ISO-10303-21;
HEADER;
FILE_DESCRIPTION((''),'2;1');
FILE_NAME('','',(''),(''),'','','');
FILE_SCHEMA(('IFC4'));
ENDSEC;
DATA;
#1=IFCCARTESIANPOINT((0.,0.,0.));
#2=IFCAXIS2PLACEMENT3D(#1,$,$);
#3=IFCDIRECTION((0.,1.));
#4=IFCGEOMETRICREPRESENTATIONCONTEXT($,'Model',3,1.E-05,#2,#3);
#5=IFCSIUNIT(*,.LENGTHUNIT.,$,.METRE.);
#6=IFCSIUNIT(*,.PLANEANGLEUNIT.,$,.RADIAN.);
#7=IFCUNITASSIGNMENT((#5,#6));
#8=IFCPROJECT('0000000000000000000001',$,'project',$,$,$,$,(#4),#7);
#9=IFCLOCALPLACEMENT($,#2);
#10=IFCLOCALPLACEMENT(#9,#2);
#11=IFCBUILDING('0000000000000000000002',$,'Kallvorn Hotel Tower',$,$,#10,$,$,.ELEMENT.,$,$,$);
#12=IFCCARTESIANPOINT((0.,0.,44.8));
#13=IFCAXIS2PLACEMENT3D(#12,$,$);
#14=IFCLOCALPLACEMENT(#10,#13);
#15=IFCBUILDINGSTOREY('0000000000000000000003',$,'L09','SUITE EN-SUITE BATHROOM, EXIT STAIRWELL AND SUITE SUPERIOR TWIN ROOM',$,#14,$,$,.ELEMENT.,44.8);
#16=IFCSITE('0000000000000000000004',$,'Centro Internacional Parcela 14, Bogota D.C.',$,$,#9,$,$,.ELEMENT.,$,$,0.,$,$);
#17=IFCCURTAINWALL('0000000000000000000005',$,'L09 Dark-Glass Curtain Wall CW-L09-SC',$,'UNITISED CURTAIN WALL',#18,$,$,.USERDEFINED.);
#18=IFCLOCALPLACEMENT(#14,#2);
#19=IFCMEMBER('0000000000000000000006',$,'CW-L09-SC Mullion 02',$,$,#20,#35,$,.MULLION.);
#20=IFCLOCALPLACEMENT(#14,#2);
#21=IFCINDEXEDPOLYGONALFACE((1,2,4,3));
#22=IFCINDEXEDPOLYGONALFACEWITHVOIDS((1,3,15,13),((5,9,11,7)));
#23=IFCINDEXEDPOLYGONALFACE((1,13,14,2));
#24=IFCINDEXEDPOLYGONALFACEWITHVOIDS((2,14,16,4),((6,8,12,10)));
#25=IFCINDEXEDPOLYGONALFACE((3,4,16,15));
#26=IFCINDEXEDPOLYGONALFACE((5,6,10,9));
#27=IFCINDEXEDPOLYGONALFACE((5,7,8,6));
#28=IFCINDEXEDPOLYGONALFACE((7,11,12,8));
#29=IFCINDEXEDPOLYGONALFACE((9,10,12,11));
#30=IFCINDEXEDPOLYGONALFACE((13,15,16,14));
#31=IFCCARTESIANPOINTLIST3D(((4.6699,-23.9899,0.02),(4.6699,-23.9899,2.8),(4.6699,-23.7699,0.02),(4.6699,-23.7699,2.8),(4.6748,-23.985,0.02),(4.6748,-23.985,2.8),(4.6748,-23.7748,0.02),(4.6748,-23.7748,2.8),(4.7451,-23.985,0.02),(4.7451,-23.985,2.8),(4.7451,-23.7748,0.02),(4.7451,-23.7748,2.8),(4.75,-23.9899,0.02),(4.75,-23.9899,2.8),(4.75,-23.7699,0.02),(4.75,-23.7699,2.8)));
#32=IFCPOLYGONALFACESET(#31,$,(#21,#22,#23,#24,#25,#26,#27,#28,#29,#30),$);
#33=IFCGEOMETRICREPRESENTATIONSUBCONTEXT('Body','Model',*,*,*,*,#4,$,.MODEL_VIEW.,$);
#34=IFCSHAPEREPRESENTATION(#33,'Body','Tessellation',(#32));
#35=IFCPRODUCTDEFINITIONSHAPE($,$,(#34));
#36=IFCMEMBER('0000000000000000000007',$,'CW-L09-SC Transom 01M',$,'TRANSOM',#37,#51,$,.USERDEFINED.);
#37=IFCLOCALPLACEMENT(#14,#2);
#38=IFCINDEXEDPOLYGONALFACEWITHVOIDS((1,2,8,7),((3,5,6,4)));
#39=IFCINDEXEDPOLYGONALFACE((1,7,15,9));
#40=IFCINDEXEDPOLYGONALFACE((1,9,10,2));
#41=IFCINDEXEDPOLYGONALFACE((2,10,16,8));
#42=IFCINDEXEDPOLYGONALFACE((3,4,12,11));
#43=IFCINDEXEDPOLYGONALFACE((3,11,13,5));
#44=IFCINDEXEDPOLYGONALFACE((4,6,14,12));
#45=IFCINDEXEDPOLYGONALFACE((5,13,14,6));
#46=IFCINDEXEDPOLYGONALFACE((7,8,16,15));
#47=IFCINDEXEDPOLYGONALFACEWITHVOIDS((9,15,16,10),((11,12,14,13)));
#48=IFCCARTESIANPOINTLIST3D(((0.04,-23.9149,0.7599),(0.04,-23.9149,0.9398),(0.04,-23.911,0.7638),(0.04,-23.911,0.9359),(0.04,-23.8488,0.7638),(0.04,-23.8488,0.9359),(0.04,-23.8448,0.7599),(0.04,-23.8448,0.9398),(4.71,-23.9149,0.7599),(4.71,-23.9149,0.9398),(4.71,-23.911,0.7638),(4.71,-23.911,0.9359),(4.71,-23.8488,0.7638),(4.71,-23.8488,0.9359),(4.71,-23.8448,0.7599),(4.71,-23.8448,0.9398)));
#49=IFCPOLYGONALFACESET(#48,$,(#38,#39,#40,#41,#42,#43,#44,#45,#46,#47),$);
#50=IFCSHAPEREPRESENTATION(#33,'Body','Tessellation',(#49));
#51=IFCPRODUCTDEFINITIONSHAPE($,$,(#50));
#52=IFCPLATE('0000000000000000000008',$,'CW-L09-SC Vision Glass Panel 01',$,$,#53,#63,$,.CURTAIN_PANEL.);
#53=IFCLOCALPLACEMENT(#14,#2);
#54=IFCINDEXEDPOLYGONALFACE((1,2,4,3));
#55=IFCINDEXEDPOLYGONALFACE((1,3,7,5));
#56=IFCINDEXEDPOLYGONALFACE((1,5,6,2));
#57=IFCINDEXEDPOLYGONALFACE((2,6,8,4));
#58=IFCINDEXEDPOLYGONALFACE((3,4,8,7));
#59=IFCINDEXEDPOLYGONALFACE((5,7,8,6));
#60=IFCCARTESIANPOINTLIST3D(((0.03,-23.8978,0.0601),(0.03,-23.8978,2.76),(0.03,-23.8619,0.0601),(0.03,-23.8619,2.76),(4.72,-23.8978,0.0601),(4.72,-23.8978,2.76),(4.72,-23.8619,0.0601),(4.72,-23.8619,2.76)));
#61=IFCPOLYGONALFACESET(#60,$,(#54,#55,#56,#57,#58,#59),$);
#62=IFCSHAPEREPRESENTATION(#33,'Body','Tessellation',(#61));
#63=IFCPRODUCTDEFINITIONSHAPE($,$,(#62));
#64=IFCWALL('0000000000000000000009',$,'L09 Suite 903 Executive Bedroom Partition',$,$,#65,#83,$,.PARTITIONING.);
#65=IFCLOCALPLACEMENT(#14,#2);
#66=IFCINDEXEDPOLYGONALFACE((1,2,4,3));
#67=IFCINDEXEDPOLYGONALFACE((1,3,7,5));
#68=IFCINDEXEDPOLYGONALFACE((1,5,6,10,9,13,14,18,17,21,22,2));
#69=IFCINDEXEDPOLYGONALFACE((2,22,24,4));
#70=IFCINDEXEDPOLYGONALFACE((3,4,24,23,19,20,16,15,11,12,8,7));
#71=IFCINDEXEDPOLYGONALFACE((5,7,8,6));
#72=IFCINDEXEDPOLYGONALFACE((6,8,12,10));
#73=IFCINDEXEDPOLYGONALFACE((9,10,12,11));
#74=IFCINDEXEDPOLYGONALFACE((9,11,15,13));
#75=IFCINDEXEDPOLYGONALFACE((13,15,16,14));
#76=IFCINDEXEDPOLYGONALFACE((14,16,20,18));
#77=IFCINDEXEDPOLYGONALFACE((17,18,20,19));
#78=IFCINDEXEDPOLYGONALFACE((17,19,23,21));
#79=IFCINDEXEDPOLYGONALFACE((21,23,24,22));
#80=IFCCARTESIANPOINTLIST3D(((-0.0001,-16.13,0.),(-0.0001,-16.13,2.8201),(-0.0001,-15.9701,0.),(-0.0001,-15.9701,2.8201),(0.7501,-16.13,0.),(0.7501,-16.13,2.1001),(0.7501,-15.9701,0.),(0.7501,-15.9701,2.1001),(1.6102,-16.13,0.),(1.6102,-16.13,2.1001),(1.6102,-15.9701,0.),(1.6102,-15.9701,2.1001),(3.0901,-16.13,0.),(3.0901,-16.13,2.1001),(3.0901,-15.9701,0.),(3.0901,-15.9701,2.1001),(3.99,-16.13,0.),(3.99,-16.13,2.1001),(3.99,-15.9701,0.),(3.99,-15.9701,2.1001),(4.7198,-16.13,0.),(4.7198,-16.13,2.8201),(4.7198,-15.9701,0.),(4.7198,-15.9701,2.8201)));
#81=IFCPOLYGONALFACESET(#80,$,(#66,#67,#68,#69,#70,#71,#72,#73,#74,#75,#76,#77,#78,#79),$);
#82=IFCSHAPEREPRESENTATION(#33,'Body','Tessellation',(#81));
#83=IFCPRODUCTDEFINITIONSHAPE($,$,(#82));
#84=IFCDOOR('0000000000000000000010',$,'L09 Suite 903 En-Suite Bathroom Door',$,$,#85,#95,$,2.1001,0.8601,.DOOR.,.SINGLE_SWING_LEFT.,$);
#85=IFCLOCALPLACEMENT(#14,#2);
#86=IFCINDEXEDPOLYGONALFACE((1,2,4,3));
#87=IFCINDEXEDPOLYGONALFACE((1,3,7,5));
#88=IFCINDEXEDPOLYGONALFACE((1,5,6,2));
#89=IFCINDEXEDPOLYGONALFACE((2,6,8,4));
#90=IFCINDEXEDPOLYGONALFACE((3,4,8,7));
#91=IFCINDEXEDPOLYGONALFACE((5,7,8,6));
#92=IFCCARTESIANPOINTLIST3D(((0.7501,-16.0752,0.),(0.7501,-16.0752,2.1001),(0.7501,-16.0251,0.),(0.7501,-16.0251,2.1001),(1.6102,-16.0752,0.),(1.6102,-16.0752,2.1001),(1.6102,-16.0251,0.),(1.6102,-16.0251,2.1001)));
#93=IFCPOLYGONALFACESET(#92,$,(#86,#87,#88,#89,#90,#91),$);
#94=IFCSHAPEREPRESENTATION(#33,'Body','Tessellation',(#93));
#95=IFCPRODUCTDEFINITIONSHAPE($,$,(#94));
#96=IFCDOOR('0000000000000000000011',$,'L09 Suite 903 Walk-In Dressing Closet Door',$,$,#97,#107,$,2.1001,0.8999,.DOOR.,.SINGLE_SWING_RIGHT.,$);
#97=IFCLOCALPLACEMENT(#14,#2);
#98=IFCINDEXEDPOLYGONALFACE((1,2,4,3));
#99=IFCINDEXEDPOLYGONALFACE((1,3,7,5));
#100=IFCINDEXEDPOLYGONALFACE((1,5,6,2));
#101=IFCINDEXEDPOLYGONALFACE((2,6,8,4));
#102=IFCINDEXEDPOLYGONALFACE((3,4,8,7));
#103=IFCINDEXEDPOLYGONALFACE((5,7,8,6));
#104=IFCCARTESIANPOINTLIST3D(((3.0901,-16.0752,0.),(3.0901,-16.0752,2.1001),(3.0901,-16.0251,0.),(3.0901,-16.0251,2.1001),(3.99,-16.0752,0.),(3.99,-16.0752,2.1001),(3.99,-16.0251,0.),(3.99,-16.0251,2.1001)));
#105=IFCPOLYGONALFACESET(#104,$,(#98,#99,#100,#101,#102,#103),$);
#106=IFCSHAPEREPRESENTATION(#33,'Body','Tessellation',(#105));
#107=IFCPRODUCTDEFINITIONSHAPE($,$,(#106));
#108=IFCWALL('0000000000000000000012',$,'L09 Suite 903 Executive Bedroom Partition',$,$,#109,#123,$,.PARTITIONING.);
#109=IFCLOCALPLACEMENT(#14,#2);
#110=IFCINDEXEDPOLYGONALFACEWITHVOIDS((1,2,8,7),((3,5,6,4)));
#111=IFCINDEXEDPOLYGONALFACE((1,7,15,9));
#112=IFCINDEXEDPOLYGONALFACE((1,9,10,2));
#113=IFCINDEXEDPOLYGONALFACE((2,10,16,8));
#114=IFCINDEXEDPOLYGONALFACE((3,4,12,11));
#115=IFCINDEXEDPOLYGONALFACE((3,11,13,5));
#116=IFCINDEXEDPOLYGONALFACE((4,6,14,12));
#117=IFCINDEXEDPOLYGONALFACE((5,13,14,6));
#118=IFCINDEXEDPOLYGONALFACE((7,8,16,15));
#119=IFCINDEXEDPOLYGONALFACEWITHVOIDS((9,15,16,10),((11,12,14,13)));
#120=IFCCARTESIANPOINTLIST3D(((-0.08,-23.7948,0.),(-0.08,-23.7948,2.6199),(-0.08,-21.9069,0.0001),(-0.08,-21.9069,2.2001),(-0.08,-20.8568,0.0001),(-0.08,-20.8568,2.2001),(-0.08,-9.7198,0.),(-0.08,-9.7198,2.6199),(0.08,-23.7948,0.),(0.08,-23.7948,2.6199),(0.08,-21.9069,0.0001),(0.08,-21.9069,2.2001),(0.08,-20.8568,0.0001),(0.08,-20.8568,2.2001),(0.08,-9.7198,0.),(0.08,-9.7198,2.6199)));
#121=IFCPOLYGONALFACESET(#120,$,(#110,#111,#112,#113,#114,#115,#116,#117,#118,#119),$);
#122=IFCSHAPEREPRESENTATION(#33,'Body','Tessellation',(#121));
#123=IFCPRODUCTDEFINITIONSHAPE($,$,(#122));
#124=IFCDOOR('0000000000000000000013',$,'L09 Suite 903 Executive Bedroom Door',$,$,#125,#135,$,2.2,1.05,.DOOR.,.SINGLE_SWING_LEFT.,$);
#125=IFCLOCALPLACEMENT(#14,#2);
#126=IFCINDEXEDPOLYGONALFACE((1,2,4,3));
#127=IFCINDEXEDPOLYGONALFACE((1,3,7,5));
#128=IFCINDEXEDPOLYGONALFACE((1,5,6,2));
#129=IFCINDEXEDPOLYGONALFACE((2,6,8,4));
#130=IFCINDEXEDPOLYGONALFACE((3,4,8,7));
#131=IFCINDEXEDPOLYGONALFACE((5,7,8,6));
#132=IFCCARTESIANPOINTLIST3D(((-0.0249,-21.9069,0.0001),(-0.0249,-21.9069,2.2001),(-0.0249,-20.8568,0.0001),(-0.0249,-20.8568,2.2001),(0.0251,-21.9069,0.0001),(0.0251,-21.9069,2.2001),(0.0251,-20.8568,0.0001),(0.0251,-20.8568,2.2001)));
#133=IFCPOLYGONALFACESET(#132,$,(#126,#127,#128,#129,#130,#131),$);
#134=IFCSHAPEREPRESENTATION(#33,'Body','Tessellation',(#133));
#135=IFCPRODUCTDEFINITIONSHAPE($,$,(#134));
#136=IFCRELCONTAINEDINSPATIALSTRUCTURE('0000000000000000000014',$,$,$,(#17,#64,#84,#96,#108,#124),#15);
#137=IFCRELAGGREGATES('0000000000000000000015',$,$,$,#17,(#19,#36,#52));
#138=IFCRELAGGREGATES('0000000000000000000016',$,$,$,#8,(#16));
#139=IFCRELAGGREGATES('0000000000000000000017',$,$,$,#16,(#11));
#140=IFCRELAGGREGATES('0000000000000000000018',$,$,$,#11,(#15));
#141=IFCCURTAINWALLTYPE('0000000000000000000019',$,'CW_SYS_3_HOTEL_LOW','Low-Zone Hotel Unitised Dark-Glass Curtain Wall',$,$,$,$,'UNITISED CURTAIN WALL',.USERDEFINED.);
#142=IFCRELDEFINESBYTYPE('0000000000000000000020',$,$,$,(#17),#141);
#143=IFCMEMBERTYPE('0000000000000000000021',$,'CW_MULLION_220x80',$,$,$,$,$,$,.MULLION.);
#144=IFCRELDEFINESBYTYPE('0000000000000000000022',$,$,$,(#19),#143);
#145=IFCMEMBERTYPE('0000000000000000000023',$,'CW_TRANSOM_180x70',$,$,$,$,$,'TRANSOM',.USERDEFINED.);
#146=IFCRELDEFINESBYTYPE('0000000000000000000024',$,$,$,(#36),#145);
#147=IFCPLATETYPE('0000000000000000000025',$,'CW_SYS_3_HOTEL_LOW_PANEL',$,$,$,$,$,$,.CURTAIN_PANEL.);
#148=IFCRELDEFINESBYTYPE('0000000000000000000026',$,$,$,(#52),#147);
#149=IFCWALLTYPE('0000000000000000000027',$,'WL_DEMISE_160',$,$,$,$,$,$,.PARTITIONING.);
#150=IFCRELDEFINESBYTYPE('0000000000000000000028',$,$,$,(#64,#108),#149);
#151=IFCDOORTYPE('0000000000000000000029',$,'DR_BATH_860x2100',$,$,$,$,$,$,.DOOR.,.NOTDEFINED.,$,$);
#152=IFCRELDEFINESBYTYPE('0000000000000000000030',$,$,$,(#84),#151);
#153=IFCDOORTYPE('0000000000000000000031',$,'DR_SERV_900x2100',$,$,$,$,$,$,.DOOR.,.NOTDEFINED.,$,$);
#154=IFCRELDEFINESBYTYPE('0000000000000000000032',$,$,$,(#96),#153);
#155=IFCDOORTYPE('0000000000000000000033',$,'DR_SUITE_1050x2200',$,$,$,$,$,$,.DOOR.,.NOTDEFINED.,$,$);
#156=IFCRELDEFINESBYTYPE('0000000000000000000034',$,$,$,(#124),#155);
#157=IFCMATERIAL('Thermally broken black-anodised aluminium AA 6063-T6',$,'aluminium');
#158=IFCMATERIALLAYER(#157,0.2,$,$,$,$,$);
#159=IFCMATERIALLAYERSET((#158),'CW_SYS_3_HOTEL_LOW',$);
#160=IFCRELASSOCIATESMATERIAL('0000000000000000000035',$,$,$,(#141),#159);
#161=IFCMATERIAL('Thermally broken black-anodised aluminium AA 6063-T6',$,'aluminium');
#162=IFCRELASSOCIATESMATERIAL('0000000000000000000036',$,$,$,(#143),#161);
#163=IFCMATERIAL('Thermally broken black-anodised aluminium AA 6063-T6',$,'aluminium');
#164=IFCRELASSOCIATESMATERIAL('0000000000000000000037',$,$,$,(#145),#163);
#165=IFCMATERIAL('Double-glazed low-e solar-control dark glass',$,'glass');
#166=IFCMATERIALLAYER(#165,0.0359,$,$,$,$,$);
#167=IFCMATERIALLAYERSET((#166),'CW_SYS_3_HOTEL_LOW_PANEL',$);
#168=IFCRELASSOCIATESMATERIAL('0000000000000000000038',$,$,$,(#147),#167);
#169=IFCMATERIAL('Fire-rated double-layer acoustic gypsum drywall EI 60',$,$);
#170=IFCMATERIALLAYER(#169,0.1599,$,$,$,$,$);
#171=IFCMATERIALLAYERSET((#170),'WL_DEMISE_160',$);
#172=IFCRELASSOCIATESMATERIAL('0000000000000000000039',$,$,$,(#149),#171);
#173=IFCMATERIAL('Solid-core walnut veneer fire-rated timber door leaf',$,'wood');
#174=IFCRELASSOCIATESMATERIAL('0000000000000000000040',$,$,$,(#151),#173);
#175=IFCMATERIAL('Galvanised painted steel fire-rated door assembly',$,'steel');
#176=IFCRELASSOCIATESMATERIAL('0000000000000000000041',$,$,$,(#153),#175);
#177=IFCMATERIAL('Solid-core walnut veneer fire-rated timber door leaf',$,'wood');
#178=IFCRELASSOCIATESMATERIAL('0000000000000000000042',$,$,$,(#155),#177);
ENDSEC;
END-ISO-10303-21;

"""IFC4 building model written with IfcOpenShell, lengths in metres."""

from ifc_helpers import new_model, si_unit, direction, frame, frame_2d, origin, origin_2d, place, context, subcontext, project, spatial, rectangle, hollow_rectangle, extrude, material, layer, layer_set, material_profile, profile_set, type_object, element, fill, aggregate, save


model = new_model("IFC4")

# Units and contexts
model_context = context("Model", 3, precision=1e-05, world=origin(), true_north=direction((0.0, 1.0)))
body_context = subcontext(model_context, "Body", "Model", "MODEL_VIEW")
ifc_project = project(units=[si_unit("LENGTHUNIT", "METRE"), si_unit("PLANEANGLEUNIT", "RADIAN")], contexts=[model_context])

# Site, building, storey
site_placement = place(None, origin())
site = spatial("IfcSite", under=ifc_project, at=site_placement, Name="Centro Internacional Parcela 14, Bogota D.C.", CompositionType="ELEMENT", RefElevation=0.0)
building_placement = place(site_placement, origin())
building = spatial("IfcBuilding", under=site, at=building_placement, Name="Kallvorn Hotel Tower", CompositionType="ELEMENT")
storey_placement = place(building_placement, frame((0.0, 0.0, 44.8)))
storey = spatial("IfcBuildingStorey", under=building, at=storey_placement, Name="L09", Description="SUITE EN-SUITE BATHROOM, EXIT STAIRWELL AND SUITE SUPERIOR TWIN ROOM", CompositionType="ELEMENT", Elevation=44.8)

# Curtain wall, members, plate
ifc_material_1 = material(Name="Thermally broken black-anodised aluminium AA 6063-T6", Category="aluminium")
ifc_layer_1 = layer(ifc_material_1, 0.2)
ifc_layer_set_1 = layer_set([ifc_layer_1], Name="CW_SYS_3_HOTEL_LOW")
curtain_wall_type = type_object("IfcCurtainWallType", Name="CW_SYS_3_HOTEL_LOW", Description="Low-Zone Hotel Unitised Dark-Glass Curtain Wall", ElementType="UNITISED CURTAIN WALL", PredefinedType="USERDEFINED", material=ifc_layer_set_1)
curtain_wall_placement = place(storey_placement, origin())
curtain_wall = element("IfcCurtainWall", 1, at=curtain_wall_placement, inside=storey, type_object=curtain_wall_type, Name="L09 Dark-Glass Curtain Wall CW-L09-SC", ObjectType="UNITISED CURTAIN WALL", PredefinedType="USERDEFINED")
ifc_material_2 = material(Name="Thermally broken black-anodised aluminium AA 6063-T6", Category="aluminium")
ifc_material_profile_1 = material_profile(ifc_material_2, hollow_rectangle(XDim=0.0801, YDim=0.22, WallThickness=0.0049, at=origin_2d()), Name="MUL 220x80")
ifc_profile_set_1 = profile_set([ifc_material_profile_1], Name="Thermally broken black-anodised aluminium AA 6063-T6")
member_type_1 = type_object("IfcMemberType", Name="CW_MULLION_220x80", PredefinedType="MULLION", material=ifc_profile_set_1)
member_1_placement = place(storey_placement, frame((4.71, -23.8799, 0.02), z_axis=(0.0, 0.0, 1.0), x_axis=(1.0, 0.0, 0.0)))
member_1 = element("IfcMember", 2, at=member_1_placement, type_object=member_type_1, Name="CW-L09-SC Mullion 02", PredefinedType="MULLION", context=body_context, shape_type="SweptSolid", body=[
    extrude(hollow_rectangle(XDim=0.0801, YDim=0.22, WallThickness=0.0049, at=origin_2d()), origin(), (0.0, 0.0, 1.0), 2.78),
])
ifc_material_3 = material(Name="Thermally broken black-anodised aluminium AA 6063-T6", Category="aluminium")
ifc_material_profile_2 = material_profile(ifc_material_3, hollow_rectangle(XDim=0.0701, YDim=0.1799, WallThickness=0.0039, at=origin_2d()), Name="TRN 180x70")
ifc_profile_set_2 = profile_set([ifc_material_profile_2], Name="Thermally broken black-anodised aluminium AA 6063-T6")
member_type_2 = type_object("IfcMemberType", Name="CW_TRANSOM_180x70", ElementType="TRANSOM", PredefinedType="USERDEFINED", material=ifc_profile_set_2)
member_2_placement = place(storey_placement, frame((0.04, -23.8799, 0.8499), z_axis=(1.0, 0.0, 0.0), x_axis=(0.0, 1.0, 0.0)))
member_2 = element("IfcMember", 3, at=member_2_placement, type_object=member_type_2, Name="CW-L09-SC Transom 01M", ObjectType="TRANSOM", PredefinedType="USERDEFINED", context=body_context, shape_type="SweptSolid", body=[
    extrude(hollow_rectangle(XDim=0.0701, YDim=0.1799, WallThickness=0.0039, at=origin_2d()), origin(), (0.0, 0.0, 1.0), 4.6699),
])
ifc_material_4 = material(Name="Double-glazed low-e solar-control dark glass", Category="glass")
ifc_layer_2 = layer(ifc_material_4, 0.0359)
ifc_layer_set_2 = layer_set([ifc_layer_2], Name="CW_SYS_3_HOTEL_LOW_PANEL")
plate_type = type_object("IfcPlateType", Name="CW_SYS_3_HOTEL_LOW_PANEL", PredefinedType="CURTAIN_PANEL", material=ifc_layer_set_2)
plate_placement = place(storey_placement, frame((2.375, -23.8799, 0.0601), z_axis=(0.0, 0.0, 1.0), x_axis=(1.0, 0.0, 0.0)))
plate = element("IfcPlate", 4, at=plate_placement, type_object=plate_type, Name="CW-L09-SC Vision Glass Panel 01", PredefinedType="CURTAIN_PANEL", context=body_context, shape_type="SweptSolid", body=[
    extrude(rectangle(XDim=4.6899, YDim=0.0359, at=origin_2d()), origin(), (0.0, 0.0, 1.0), 2.7),
])
aggregate(curtain_wall, [member_1, member_2, plate])

# Wall, openings, doors
ifc_material_5 = material(Name="Fire-rated double-layer acoustic gypsum drywall EI 60")
ifc_layer_3 = layer(ifc_material_5, 0.1599)
ifc_layer_set_3 = layer_set([ifc_layer_3], Name="WL_DEMISE_160")
wall_type_1 = type_object("IfcWallType", Name="WL_DEMISE_160", PredefinedType="PARTITIONING", material=ifc_layer_set_3)
wall_1_placement = place(storey_placement, frame((0.0, -16.05, 0.0), z_axis=(0.0, 0.0, 1.0), x_axis=(1.0, 0.0, 0.0)))
wall_1 = element("IfcWall", 5, at=wall_1_placement, inside=storey, type_object=wall_type_1, Name="L09 Suite 903 Executive Bedroom Partition", PredefinedType="PARTITIONING", context=body_context, shape_type="SweptSolid", body=[
    extrude(rectangle(XDim=4.72, YDim=0.1599, at=frame_2d((2.3599, 0.0))), origin(), (0.0, 0.0, 1.0), 2.8201),
])
opening_1_placement = place(wall_1_placement, frame((0.75, 0.0, 0.0)))
opening_1 = element("IfcOpeningElement", 6, at=opening_1_placement, cuts=wall_1, PredefinedType="OPENING", context=body_context, shape_type="SweptSolid", body=[
    extrude(rectangle(XDim=0.8601, YDim=2.1001, at=frame_2d((0.4302, 1.05))), frame((0.0, 0.095, 0.0), z_axis=(0.0, -1.0, 0.0), x_axis=(1.0, 0.0, 0.0)), (0.0, 0.0, 1.0), 0.1899),
])
opening_2_placement = place(wall_1_placement, frame((3.0901, 0.0, 0.0)))
opening_2 = element("IfcOpeningElement", 7, at=opening_2_placement, cuts=wall_1, PredefinedType="OPENING", context=body_context, shape_type="SweptSolid", body=[
    extrude(rectangle(XDim=0.8999, YDim=2.1001, at=frame_2d((0.45, 1.05))), frame((0.0, 0.095, 0.0), z_axis=(0.0, -1.0, 0.0), x_axis=(1.0, 0.0, 0.0)), (0.0, 0.0, 1.0), 0.1899),
])
ifc_material_6 = material(Name="Solid-core walnut veneer fire-rated timber door leaf", Category="wood")
door_type_1 = type_object("IfcDoorType", Name="DR_BATH_860x2100", OperationType="NOTDEFINED", PredefinedType="DOOR", material=ifc_material_6)
door_1_placement = place(opening_1_placement, origin())
door_1 = element("IfcDoor", 8, at=door_1_placement, inside=storey, type_object=door_type_1, Name="L09 Suite 903 En-Suite Bathroom Door", OperationType="SINGLE_SWING_LEFT", OverallHeight=2.1001, OverallWidth=0.8601, PredefinedType="DOOR", context=body_context, shape_type="SweptSolid", body=[
    extrude(rectangle(XDim=0.8601, YDim=2.1001, at=frame_2d((0.4302, 1.05))), frame((0.0, 0.0249, 0.0), z_axis=(0.0, -1.0, 0.0), x_axis=(1.0, 0.0, 0.0)), (0.0, 0.0, 1.0), 0.05),
])
fill(opening_1, door_1)
ifc_material_7 = material(Name="Galvanised painted steel fire-rated door assembly", Category="steel")
door_type_2 = type_object("IfcDoorType", Name="DR_SERV_900x2100", OperationType="NOTDEFINED", PredefinedType="DOOR", material=ifc_material_7)
door_2_placement = place(opening_2_placement, origin())
door_2 = element("IfcDoor", 9, at=door_2_placement, inside=storey, type_object=door_type_2, Name="L09 Suite 903 Walk-In Dressing Closet Door", OperationType="SINGLE_SWING_RIGHT", OverallHeight=2.1001, OverallWidth=0.8999, PredefinedType="DOOR", context=body_context, shape_type="SweptSolid", body=[
    extrude(rectangle(XDim=0.8999, YDim=2.1001, at=frame_2d((0.45, 1.05))), frame((0.0, 0.0249, 0.0), z_axis=(0.0, -1.0, 0.0), x_axis=(1.0, 0.0, 0.0)), (0.0, 0.0, 1.0), 0.05),
])
fill(opening_2, door_2)

# Wall, opening, door
wall_2_placement = place(storey_placement, frame((0.0, -23.7949, 0.0), z_axis=(0.0, 0.0, 1.0), x_axis=(0.0, 1.0, 0.0)))
wall_2 = element("IfcWall", 10, at=wall_2_placement, inside=storey, type_object=wall_type_1, Name="L09 Suite 903 Executive Bedroom Partition", PredefinedType="PARTITIONING", context=body_context, shape_type="SweptSolid", body=[
    extrude(rectangle(XDim=14.075, YDim=0.1599, at=frame_2d((7.0376, 0.0))), origin(), (0.0, 0.0, 1.0), 2.6199),
])
opening_3_placement = place(wall_2_placement, frame((1.8882, 0.0, 0.0)))
opening_3 = element("IfcOpeningElement", 11, at=opening_3_placement, cuts=wall_2, PredefinedType="OPENING", context=body_context, shape_type="SweptSolid", body=[
    extrude(rectangle(XDim=1.05, YDim=2.2, at=frame_2d((0.5249, 1.1001))), frame((0.0, 0.095, 0.0), z_axis=(0.0, -1.0, 0.0), x_axis=(1.0, 0.0, 0.0)), (0.0, 0.0, 1.0), 0.1899),
])
ifc_material_8 = material(Name="Solid-core walnut veneer fire-rated timber door leaf", Category="wood")
door_type_3 = type_object("IfcDoorType", Name="DR_SUITE_1050x2200", OperationType="NOTDEFINED", PredefinedType="DOOR", material=ifc_material_8)
door_3_placement = place(opening_3_placement, origin())
door_3 = element("IfcDoor", 12, at=door_3_placement, inside=storey, type_object=door_type_3, Name="L09 Suite 903 Executive Bedroom Door", OperationType="SINGLE_SWING_LEFT", OverallHeight=2.2, OverallWidth=1.05, PredefinedType="DOOR", context=body_context, shape_type="SweptSolid", body=[
    extrude(rectangle(XDim=1.05, YDim=2.2, at=frame_2d((0.5249, 1.1001))), frame((0.0, 0.0249, 0.0), z_axis=(0.0, -1.0, 0.0), x_axis=(1.0, 0.0, 0.0)), (0.0, 0.0, 1.0), 0.05),
])
fill(opening_3, door_3)

save(model, "model.ifc")
